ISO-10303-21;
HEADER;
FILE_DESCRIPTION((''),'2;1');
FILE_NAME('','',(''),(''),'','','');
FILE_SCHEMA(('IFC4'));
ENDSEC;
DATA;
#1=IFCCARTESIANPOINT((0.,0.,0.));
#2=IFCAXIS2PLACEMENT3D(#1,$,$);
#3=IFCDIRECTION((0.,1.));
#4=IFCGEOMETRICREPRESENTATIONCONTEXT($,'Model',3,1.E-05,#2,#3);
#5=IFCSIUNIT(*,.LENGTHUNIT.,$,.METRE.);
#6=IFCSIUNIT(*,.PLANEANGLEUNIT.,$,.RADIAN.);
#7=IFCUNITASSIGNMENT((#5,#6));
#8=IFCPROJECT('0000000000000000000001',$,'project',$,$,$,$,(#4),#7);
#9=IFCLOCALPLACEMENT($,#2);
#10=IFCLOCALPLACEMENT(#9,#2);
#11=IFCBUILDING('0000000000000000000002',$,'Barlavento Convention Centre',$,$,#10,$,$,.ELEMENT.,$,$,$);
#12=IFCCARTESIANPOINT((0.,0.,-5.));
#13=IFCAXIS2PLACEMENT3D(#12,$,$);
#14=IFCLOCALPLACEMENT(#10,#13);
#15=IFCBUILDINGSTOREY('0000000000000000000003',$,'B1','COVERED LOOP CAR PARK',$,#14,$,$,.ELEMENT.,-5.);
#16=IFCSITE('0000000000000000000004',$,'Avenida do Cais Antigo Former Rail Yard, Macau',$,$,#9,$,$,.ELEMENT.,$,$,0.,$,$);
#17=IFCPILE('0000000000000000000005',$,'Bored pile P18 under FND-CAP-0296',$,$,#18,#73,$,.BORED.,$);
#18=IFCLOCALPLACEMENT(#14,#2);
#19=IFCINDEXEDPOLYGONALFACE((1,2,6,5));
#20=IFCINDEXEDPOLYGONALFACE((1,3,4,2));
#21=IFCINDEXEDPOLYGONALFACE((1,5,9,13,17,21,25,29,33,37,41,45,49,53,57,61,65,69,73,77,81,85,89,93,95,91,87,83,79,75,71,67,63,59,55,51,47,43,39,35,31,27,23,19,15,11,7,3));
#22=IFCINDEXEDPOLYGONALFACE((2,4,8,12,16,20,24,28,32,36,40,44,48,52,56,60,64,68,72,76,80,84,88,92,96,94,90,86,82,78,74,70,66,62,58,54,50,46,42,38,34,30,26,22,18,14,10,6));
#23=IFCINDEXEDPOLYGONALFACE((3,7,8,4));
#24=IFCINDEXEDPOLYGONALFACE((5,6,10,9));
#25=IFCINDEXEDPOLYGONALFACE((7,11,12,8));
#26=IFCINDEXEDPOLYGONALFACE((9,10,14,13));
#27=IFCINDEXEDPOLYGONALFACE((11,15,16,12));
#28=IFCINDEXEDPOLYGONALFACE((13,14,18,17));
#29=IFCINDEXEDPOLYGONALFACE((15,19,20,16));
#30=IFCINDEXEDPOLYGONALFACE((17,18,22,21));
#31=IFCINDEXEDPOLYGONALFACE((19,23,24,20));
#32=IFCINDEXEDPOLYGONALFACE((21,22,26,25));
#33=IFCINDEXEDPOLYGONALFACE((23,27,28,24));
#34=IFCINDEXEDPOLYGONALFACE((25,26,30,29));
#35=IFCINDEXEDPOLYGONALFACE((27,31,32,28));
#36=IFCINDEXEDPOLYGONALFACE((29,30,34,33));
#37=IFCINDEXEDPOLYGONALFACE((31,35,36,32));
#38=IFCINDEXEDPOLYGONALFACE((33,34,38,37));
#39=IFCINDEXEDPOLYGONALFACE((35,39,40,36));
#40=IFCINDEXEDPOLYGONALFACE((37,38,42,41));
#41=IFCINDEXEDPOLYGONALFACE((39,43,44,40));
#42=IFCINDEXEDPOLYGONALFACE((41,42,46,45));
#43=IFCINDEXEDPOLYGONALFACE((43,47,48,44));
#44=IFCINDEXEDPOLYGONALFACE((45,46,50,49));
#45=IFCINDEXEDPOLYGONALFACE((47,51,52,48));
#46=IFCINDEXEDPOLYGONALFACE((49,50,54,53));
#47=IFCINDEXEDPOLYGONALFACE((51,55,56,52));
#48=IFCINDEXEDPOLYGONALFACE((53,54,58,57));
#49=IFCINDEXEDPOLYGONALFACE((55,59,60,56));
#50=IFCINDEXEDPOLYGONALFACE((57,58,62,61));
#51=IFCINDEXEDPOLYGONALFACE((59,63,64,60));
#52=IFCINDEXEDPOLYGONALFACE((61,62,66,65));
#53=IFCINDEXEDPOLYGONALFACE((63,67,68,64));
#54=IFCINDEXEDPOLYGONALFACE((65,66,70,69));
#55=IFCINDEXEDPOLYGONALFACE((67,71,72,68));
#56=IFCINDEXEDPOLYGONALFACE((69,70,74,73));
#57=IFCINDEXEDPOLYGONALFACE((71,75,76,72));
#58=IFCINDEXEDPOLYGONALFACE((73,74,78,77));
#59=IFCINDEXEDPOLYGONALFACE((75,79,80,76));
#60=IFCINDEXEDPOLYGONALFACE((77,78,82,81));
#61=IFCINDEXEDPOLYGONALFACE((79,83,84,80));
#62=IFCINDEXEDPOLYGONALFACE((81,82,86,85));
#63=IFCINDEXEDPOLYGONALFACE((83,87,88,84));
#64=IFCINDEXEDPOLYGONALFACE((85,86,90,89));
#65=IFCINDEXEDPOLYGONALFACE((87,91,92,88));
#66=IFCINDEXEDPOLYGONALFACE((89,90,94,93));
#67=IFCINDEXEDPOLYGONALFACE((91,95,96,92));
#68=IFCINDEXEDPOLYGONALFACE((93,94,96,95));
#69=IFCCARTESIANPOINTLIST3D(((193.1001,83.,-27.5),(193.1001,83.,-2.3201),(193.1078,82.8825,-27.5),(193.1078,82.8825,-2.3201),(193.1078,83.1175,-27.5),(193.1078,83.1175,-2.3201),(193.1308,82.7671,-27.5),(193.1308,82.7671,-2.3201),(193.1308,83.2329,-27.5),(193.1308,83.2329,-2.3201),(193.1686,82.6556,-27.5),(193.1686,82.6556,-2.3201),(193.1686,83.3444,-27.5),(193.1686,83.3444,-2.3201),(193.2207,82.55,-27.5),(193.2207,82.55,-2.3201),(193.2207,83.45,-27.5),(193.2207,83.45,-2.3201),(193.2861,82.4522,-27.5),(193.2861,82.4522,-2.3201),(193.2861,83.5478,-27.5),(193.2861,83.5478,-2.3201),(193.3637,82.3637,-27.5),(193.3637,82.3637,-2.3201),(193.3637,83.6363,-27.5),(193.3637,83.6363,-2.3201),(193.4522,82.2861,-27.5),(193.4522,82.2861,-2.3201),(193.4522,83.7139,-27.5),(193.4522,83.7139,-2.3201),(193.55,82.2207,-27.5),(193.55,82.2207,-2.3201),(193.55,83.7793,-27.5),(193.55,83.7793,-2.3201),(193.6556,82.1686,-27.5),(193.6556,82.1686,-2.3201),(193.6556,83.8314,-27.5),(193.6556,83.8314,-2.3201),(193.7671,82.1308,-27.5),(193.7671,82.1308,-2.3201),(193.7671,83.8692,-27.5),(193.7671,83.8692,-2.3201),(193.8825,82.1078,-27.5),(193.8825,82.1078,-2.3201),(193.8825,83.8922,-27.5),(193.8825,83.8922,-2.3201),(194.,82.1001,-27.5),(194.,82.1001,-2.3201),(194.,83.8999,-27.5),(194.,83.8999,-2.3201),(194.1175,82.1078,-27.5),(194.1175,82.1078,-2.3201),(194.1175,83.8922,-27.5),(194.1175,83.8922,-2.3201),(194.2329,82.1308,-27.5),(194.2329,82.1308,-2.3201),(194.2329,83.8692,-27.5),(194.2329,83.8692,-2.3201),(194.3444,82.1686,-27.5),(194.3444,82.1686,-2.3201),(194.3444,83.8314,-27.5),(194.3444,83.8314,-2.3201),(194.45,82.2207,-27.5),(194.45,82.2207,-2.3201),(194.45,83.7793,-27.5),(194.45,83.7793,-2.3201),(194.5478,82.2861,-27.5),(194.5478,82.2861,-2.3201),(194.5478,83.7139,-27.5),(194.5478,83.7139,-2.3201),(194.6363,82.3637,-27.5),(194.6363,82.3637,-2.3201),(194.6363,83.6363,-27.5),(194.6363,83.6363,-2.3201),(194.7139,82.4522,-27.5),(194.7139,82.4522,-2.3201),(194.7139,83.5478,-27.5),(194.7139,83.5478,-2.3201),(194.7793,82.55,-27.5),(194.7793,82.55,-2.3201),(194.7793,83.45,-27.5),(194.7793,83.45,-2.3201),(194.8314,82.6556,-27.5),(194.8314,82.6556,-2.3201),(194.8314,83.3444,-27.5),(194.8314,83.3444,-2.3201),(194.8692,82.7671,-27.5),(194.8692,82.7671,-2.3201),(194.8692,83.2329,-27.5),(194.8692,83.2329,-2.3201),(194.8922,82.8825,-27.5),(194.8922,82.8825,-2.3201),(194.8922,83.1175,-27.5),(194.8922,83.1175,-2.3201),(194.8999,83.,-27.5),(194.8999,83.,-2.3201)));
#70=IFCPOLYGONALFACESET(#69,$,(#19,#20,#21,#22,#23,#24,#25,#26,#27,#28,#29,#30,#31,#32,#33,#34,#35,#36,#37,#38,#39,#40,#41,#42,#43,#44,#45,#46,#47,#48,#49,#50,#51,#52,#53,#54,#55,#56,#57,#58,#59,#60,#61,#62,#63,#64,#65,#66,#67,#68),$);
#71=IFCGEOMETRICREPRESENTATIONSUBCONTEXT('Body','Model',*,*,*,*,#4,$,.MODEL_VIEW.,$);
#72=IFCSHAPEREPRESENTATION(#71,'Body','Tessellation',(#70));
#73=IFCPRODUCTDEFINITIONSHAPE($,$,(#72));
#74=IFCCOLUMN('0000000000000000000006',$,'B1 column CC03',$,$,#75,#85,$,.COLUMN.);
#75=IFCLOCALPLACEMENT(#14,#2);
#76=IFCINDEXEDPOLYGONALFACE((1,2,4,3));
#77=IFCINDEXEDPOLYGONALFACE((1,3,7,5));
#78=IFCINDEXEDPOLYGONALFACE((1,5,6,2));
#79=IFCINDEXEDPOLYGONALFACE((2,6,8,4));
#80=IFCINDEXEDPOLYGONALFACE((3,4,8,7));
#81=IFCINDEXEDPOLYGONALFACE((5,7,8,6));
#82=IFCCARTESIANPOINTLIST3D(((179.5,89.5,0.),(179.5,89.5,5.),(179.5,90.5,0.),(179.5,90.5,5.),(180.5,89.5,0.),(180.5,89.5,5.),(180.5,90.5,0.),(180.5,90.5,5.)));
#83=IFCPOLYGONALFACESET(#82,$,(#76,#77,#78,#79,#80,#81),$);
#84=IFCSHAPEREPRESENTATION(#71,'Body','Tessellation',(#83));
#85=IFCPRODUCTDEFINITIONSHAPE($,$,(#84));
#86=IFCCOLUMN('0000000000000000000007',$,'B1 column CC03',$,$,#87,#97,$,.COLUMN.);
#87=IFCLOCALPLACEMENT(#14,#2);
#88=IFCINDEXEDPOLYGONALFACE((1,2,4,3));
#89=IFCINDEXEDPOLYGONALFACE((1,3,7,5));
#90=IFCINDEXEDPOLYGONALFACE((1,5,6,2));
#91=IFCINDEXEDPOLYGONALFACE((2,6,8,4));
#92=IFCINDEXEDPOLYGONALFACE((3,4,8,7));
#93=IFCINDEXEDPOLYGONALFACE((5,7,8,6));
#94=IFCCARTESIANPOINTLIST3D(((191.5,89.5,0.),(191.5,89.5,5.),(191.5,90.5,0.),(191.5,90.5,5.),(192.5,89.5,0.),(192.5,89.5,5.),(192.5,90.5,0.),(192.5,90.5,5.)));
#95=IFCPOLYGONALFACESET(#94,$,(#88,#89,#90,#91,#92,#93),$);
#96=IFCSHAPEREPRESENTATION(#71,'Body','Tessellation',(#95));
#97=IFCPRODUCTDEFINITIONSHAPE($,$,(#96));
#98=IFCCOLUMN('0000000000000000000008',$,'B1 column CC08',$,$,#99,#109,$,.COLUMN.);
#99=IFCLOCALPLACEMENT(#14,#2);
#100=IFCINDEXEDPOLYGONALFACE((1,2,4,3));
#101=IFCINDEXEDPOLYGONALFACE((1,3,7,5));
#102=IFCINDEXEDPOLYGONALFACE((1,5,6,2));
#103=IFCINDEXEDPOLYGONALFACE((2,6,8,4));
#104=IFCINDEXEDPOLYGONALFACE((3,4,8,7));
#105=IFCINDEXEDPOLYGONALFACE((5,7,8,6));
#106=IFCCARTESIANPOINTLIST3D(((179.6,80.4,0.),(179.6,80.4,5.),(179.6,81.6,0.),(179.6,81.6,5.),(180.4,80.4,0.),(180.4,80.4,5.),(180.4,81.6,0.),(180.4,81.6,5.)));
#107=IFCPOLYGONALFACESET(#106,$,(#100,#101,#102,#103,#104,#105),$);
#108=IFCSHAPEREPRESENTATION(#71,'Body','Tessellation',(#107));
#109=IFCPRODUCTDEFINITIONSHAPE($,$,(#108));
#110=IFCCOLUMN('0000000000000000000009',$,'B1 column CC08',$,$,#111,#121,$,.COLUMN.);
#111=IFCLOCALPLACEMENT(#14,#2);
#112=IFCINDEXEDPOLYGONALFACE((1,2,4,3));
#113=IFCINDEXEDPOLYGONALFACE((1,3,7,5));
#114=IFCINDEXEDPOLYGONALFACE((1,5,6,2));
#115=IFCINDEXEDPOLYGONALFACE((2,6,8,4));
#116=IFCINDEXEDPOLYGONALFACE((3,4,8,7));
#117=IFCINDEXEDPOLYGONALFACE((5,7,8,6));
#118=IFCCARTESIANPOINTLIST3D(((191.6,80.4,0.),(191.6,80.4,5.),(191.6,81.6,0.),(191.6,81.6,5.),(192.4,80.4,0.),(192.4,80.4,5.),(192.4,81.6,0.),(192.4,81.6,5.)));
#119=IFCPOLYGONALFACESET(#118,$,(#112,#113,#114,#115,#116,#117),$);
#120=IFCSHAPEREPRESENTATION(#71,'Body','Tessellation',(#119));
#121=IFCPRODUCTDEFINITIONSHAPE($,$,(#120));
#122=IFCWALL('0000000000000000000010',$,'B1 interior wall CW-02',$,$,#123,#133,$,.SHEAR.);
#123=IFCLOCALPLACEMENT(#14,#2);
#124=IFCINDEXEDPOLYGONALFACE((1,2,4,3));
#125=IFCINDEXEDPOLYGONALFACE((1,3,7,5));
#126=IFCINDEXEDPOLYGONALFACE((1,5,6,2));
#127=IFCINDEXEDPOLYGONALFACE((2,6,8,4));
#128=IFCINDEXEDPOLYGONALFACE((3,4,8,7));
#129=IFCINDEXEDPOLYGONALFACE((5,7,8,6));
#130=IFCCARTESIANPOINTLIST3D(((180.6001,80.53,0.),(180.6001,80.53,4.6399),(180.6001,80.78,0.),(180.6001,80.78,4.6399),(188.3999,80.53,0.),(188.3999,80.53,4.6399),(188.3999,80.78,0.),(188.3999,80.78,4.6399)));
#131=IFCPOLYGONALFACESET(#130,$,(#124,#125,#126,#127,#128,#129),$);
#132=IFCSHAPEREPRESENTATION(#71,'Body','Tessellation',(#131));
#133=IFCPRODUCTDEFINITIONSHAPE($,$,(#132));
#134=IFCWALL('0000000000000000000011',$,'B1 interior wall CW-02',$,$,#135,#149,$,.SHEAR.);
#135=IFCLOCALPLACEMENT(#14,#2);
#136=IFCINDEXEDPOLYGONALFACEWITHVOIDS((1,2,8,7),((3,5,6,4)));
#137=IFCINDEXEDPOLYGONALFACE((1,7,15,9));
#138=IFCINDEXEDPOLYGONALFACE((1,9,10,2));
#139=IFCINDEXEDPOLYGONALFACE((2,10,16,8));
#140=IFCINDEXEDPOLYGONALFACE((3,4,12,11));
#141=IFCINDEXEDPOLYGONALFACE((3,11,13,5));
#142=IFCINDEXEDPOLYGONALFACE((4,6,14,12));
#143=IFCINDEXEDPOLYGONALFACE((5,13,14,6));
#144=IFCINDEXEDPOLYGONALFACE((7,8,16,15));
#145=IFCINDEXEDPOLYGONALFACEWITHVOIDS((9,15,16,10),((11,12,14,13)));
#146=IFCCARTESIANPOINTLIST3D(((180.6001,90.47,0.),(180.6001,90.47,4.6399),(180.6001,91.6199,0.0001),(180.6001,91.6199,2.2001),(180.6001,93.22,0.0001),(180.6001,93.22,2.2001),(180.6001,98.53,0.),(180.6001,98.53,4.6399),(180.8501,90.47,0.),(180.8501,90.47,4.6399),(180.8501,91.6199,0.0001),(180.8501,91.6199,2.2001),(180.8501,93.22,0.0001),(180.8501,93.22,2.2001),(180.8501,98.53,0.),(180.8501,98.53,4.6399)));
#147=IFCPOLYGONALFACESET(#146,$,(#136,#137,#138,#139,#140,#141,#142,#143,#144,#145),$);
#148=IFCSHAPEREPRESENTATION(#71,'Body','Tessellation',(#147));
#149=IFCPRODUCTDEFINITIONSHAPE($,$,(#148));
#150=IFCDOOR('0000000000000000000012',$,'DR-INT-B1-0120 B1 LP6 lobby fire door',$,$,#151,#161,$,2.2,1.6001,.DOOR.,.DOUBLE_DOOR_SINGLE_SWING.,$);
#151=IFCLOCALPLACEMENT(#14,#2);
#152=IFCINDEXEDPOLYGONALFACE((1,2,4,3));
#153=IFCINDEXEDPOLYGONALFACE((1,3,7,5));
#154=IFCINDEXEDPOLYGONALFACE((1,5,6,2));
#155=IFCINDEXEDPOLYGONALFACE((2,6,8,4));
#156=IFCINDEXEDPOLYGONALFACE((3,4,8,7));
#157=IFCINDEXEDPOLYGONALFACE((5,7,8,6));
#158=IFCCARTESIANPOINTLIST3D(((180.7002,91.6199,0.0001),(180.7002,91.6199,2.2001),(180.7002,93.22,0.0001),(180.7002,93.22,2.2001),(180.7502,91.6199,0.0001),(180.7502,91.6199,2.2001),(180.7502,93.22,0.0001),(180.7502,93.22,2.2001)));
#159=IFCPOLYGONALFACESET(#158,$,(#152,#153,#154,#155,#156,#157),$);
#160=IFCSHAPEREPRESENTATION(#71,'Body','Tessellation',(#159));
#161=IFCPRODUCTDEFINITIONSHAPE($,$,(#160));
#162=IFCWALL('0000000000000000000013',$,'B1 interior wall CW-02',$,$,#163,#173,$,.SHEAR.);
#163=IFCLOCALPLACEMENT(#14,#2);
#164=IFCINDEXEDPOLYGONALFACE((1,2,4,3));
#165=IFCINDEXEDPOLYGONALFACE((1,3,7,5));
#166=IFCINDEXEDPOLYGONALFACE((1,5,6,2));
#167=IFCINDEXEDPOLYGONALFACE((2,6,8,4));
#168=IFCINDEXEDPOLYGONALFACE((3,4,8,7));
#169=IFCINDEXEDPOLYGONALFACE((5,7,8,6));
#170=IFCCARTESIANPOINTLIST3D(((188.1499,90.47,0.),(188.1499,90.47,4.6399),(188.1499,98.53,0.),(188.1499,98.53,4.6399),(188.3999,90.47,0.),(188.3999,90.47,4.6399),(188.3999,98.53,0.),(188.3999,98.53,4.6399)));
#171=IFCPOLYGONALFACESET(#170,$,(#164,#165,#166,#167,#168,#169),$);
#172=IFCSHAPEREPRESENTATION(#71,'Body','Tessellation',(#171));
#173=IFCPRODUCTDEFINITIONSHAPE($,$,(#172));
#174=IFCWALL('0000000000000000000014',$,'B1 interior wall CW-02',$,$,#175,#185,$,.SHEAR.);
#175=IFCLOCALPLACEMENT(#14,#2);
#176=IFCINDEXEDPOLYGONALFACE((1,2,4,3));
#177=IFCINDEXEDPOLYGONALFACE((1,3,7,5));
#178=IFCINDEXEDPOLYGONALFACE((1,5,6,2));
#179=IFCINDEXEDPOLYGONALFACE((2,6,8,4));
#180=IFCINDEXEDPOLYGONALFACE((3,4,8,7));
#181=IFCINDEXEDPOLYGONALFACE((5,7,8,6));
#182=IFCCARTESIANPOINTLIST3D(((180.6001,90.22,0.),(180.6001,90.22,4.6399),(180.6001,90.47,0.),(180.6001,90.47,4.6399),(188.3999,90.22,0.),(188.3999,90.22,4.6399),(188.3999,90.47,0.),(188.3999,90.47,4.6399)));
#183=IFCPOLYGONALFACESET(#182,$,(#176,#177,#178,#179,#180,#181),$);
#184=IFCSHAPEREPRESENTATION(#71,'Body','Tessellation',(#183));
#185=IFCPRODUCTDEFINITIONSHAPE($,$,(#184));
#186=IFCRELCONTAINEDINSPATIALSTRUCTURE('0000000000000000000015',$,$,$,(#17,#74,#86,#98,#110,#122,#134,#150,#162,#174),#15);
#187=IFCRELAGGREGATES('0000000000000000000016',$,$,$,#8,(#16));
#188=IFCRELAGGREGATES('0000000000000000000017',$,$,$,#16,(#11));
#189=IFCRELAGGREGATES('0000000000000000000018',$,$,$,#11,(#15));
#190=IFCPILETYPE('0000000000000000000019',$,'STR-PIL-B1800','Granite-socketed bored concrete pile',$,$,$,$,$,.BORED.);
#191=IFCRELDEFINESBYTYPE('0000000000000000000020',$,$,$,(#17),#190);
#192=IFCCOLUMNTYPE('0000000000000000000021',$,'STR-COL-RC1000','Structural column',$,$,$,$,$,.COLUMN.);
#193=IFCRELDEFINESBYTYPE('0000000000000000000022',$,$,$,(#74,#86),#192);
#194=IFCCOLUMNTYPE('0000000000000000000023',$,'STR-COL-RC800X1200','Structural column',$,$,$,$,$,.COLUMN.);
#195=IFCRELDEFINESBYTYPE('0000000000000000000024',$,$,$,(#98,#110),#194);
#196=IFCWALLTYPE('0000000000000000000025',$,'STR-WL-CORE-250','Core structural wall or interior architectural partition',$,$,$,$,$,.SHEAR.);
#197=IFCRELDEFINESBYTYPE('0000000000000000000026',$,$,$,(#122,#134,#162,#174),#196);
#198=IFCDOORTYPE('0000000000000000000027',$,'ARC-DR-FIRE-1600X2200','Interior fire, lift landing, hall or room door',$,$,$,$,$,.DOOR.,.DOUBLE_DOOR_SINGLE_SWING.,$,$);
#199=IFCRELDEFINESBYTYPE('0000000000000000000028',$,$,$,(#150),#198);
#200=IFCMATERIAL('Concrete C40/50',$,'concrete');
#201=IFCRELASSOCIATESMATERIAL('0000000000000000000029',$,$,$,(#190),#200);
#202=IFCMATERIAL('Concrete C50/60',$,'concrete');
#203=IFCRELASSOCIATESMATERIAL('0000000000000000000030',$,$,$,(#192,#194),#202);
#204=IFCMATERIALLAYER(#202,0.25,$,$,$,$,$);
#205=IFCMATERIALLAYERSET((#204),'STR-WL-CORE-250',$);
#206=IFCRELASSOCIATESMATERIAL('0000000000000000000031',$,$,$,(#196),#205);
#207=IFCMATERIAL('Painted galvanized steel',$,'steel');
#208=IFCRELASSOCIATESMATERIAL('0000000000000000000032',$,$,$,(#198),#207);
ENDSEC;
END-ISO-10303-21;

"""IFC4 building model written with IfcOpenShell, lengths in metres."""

from ifc_helpers import new_model, si_unit, direction, frame, frame_2d, origin, origin_2d, place, context, subcontext, project, spatial, rectangle, circle, extrude, material, layer, layer_set, material_profile, profile_set, type_object, element, fill, save


model = new_model("IFC4")

# Units and contexts
model_context = context("Model", 3, precision=1e-05, world=origin(), true_north=direction((0.0, 1.0)))
body_context = subcontext(model_context, "Body", "Model", "MODEL_VIEW")
ifc_project = project(units=[si_unit("LENGTHUNIT", "METRE"), si_unit("PLANEANGLEUNIT", "RADIAN")], contexts=[model_context])

# Site, building, storey
site_placement = place(None, origin())
site = spatial("IfcSite", under=ifc_project, at=site_placement, Name="Avenida do Cais Antigo Former Rail Yard, Macau", CompositionType="ELEMENT", RefElevation=0.0)
building_placement = place(site_placement, origin())
building = spatial("IfcBuilding", under=site, at=building_placement, Name="Barlavento Convention Centre", CompositionType="ELEMENT")
storey_placement = place(building_placement, frame((0.0, 0.0, -5.0)))
storey = spatial("IfcBuildingStorey", under=building, at=storey_placement, Name="B1", Description="COVERED LOOP CAR PARK", CompositionType="ELEMENT", Elevation=-5.0)

# Shared definitions
ifc_material_1 = material(Name="Concrete C40/50", Category="concrete")

# Pile
ifc_material_profile_1 = material_profile(ifc_material_1, circle(Radius=0.8999, at=origin_2d()), Name="BORED PILE 1800")
ifc_profile_set_1 = profile_set([ifc_material_profile_1], Name="Concrete C40/50")
pile_type_1 = type_object("IfcPileType", Name="STR-PIL-B1800", Description="Granite-socketed bored concrete pile", PredefinedType="BORED", material=ifc_profile_set_1)
for number, where, z_axis, x_axis, name in (
    (1, (194.0, 83.0, -2.3201), (0.0, 0.0, -1.0), (1.0, 0.0, 0.0), "Bored pile P18 under FND-CAP-0296"),
):
    element("IfcPile", number, at=place(storey_placement, frame(where, z_axis=z_axis, x_axis=x_axis)), inside=storey, type_object=pile_type_1, Name=name, PredefinedType="BORED", context=body_context, shape_type="SweptSolid", body=[
        extrude(circle(Radius=0.8999, at=origin_2d()), origin(), (0.0, 0.0, 1.0), 25.1799),
    ])

# Columns
ifc_material_2 = material(Name="Concrete C50/60", Category="concrete")
ifc_material_profile_2 = material_profile(ifc_material_2, rectangle(XDim=1.0, YDim=1.0, at=origin_2d()), Name="RC 1000x1000")
ifc_profile_set_2 = profile_set([ifc_material_profile_2], Name="Concrete C50/60")
column_type_1 = type_object("IfcColumnType", Name="STR-COL-RC1000", Description="Structural column", PredefinedType="COLUMN", material=ifc_profile_set_2)
for number, where, z_axis, x_axis, name in (
    (2, (180.0, 90.0, 0.0), (0.0, 0.0, 1.0), (1.0, 0.0, 0.0), "B1 column CC03"),
    (3, (192.0, 90.0, 0.0), (0.0, 0.0, 1.0), (1.0, 0.0, 0.0), "B1 column CC03"),
):
    element("IfcColumn", number, at=place(storey_placement, frame(where, z_axis=z_axis, x_axis=x_axis)), inside=storey, type_object=column_type_1, Name=name, PredefinedType="COLUMN", context=body_context, shape_type="SweptSolid", body=[
        extrude(rectangle(XDim=1.0, YDim=1.0, at=origin_2d()), origin(), (0.0, 0.0, 1.0), 5.0),
    ])
ifc_material_profile_3 = material_profile(ifc_material_2, rectangle(XDim=0.8, YDim=1.2, at=origin_2d()), Name="RC 800x1200")
ifc_profile_set_3 = profile_set([ifc_material_profile_3], Name="Concrete C50/60")
column_type_2 = type_object("IfcColumnType", Name="STR-COL-RC800X1200", Description="Structural column", PredefinedType="COLUMN", material=ifc_profile_set_3)
for number, where, z_axis, x_axis, name in (
    (4, (180.0, 81.0, 0.0), (0.0, 0.0, 1.0), (1.0, 0.0, 0.0), "B1 column CC08"),
    (5, (192.0, 81.0, 0.0), (0.0, 0.0, 1.0), (1.0, 0.0, 0.0), "B1 column CC08"),
):
    element("IfcColumn", number, at=place(storey_placement, frame(where, z_axis=z_axis, x_axis=x_axis)), inside=storey, type_object=column_type_2, Name=name, PredefinedType="COLUMN", context=body_context, shape_type="SweptSolid", body=[
        extrude(rectangle(XDim=0.8, YDim=1.2, at=origin_2d()), origin(), (0.0, 0.0, 1.0), 5.0),
    ])

# Wall
ifc_layer = layer(ifc_material_2, 0.25)
ifc_layer_set = layer_set([ifc_layer], Name="STR-WL-CORE-250")
wall_type = type_object("IfcWallType", Name="STR-WL-CORE-250", Description="Core structural wall or interior architectural partition", PredefinedType="SHEAR", material=ifc_layer_set)
wall_1_placement = place(storey_placement, frame((180.6001, 80.655, 0.0), z_axis=(0.0, 0.0, 1.0), x_axis=(1.0, 0.0, 0.0)))
element("IfcWall", 6, at=wall_1_placement, inside=storey, type_object=wall_type, Name="B1 interior wall CW-02", PredefinedType="SHEAR", context=body_context, shape_type="SweptSolid", body=[
    extrude(rectangle(XDim=7.7998, YDim=0.25, at=frame_2d((3.8999, 0.0))), origin(), (0.0, 0.0, 1.0), 4.6399),
])

# Wall, opening, door
wall_2_placement = place(storey_placement, frame((180.7251, 90.47, 0.0), z_axis=(0.0, 0.0, 1.0), x_axis=(0.0, 1.0, 0.0)))
wall_2 = element("IfcWall", 7, at=wall_2_placement, inside=storey, type_object=wall_type, Name="B1 interior wall CW-02", PredefinedType="SHEAR", context=body_context, shape_type="SweptSolid", body=[
    extrude(rectangle(XDim=8.0601, YDim=0.25, at=frame_2d((4.03, 0.0))), origin(), (0.0, 0.0, 1.0), 4.6399),
])
opening_1_placement = place(wall_2_placement, frame((1.1499, 0.0, 0.0)))
opening_1 = element("IfcOpeningElement", 8, at=opening_1_placement, cuts=wall_2, PredefinedType="OPENING", context=body_context, shape_type="SweptSolid", body=[
    extrude(rectangle(XDim=1.6001, YDim=2.2, at=frame_2d((0.8, 1.1001))), frame((0.0, 0.135, 0.0), z_axis=(0.0, -1.0, 0.0), x_axis=(1.0, 0.0, 0.0)), (0.0, 0.0, 1.0), 0.27),
])
ifc_material_3 = material(Name="Painted galvanized steel", Category="steel")
door_type_1 = type_object("IfcDoorType", Name="ARC-DR-FIRE-1600X2200", Description="Interior fire, lift landing, hall or room door", OperationType="DOUBLE_DOOR_SINGLE_SWING", PredefinedType="DOOR", material=ifc_material_3)
door_1_placement = place(opening_1_placement, origin())
door_1 = element("IfcDoor", 9, at=door_1_placement, inside=storey, type_object=door_type_1, Name="DR-INT-B1-0120 B1 LP6 lobby fire door", OperationType="DOUBLE_DOOR_SINGLE_SWING", OverallHeight=2.2, OverallWidth=1.6001, PredefinedType="DOOR", context=body_context, shape_type="SweptSolid", body=[
    extrude(rectangle(XDim=1.6001, YDim=2.2, at=frame_2d((0.8, 1.1001))), frame((0.0, 0.0249, 0.0), z_axis=(0.0, -1.0, 0.0), x_axis=(1.0, 0.0, 0.0)), (0.0, 0.0, 1.0), 0.05),
])
fill(opening_1, door_1)

# Walls
wall_3_placement = place(storey_placement, frame((188.2749, 90.47, 0.0), z_axis=(0.0, 0.0, 1.0), x_axis=(0.0, 1.0, 0.0)))
element("IfcWall", 10, at=wall_3_placement, inside=storey, type_object=wall_type, Name="B1 interior wall CW-02", PredefinedType="SHEAR", context=body_context, shape_type="SweptSolid", body=[
    extrude(rectangle(XDim=8.0601, YDim=0.25, at=frame_2d((4.03, 0.0))), origin(), (0.0, 0.0, 1.0), 4.6399),
])
wall_4_placement = place(storey_placement, frame((180.6001, 90.345, 0.0), z_axis=(0.0, 0.0, 1.0), x_axis=(1.0, 0.0, 0.0)))
element("IfcWall", 11, at=wall_4_placement, inside=storey, type_object=wall_type, Name="B1 interior wall CW-02", PredefinedType="SHEAR", context=body_context, shape_type="SweptSolid", body=[
    extrude(rectangle(XDim=7.7998, YDim=0.25, at=frame_2d((3.8999, 0.0))), origin(), (0.0, 0.0, 1.0), 4.6399),
])

save(model, "model.ifc")
